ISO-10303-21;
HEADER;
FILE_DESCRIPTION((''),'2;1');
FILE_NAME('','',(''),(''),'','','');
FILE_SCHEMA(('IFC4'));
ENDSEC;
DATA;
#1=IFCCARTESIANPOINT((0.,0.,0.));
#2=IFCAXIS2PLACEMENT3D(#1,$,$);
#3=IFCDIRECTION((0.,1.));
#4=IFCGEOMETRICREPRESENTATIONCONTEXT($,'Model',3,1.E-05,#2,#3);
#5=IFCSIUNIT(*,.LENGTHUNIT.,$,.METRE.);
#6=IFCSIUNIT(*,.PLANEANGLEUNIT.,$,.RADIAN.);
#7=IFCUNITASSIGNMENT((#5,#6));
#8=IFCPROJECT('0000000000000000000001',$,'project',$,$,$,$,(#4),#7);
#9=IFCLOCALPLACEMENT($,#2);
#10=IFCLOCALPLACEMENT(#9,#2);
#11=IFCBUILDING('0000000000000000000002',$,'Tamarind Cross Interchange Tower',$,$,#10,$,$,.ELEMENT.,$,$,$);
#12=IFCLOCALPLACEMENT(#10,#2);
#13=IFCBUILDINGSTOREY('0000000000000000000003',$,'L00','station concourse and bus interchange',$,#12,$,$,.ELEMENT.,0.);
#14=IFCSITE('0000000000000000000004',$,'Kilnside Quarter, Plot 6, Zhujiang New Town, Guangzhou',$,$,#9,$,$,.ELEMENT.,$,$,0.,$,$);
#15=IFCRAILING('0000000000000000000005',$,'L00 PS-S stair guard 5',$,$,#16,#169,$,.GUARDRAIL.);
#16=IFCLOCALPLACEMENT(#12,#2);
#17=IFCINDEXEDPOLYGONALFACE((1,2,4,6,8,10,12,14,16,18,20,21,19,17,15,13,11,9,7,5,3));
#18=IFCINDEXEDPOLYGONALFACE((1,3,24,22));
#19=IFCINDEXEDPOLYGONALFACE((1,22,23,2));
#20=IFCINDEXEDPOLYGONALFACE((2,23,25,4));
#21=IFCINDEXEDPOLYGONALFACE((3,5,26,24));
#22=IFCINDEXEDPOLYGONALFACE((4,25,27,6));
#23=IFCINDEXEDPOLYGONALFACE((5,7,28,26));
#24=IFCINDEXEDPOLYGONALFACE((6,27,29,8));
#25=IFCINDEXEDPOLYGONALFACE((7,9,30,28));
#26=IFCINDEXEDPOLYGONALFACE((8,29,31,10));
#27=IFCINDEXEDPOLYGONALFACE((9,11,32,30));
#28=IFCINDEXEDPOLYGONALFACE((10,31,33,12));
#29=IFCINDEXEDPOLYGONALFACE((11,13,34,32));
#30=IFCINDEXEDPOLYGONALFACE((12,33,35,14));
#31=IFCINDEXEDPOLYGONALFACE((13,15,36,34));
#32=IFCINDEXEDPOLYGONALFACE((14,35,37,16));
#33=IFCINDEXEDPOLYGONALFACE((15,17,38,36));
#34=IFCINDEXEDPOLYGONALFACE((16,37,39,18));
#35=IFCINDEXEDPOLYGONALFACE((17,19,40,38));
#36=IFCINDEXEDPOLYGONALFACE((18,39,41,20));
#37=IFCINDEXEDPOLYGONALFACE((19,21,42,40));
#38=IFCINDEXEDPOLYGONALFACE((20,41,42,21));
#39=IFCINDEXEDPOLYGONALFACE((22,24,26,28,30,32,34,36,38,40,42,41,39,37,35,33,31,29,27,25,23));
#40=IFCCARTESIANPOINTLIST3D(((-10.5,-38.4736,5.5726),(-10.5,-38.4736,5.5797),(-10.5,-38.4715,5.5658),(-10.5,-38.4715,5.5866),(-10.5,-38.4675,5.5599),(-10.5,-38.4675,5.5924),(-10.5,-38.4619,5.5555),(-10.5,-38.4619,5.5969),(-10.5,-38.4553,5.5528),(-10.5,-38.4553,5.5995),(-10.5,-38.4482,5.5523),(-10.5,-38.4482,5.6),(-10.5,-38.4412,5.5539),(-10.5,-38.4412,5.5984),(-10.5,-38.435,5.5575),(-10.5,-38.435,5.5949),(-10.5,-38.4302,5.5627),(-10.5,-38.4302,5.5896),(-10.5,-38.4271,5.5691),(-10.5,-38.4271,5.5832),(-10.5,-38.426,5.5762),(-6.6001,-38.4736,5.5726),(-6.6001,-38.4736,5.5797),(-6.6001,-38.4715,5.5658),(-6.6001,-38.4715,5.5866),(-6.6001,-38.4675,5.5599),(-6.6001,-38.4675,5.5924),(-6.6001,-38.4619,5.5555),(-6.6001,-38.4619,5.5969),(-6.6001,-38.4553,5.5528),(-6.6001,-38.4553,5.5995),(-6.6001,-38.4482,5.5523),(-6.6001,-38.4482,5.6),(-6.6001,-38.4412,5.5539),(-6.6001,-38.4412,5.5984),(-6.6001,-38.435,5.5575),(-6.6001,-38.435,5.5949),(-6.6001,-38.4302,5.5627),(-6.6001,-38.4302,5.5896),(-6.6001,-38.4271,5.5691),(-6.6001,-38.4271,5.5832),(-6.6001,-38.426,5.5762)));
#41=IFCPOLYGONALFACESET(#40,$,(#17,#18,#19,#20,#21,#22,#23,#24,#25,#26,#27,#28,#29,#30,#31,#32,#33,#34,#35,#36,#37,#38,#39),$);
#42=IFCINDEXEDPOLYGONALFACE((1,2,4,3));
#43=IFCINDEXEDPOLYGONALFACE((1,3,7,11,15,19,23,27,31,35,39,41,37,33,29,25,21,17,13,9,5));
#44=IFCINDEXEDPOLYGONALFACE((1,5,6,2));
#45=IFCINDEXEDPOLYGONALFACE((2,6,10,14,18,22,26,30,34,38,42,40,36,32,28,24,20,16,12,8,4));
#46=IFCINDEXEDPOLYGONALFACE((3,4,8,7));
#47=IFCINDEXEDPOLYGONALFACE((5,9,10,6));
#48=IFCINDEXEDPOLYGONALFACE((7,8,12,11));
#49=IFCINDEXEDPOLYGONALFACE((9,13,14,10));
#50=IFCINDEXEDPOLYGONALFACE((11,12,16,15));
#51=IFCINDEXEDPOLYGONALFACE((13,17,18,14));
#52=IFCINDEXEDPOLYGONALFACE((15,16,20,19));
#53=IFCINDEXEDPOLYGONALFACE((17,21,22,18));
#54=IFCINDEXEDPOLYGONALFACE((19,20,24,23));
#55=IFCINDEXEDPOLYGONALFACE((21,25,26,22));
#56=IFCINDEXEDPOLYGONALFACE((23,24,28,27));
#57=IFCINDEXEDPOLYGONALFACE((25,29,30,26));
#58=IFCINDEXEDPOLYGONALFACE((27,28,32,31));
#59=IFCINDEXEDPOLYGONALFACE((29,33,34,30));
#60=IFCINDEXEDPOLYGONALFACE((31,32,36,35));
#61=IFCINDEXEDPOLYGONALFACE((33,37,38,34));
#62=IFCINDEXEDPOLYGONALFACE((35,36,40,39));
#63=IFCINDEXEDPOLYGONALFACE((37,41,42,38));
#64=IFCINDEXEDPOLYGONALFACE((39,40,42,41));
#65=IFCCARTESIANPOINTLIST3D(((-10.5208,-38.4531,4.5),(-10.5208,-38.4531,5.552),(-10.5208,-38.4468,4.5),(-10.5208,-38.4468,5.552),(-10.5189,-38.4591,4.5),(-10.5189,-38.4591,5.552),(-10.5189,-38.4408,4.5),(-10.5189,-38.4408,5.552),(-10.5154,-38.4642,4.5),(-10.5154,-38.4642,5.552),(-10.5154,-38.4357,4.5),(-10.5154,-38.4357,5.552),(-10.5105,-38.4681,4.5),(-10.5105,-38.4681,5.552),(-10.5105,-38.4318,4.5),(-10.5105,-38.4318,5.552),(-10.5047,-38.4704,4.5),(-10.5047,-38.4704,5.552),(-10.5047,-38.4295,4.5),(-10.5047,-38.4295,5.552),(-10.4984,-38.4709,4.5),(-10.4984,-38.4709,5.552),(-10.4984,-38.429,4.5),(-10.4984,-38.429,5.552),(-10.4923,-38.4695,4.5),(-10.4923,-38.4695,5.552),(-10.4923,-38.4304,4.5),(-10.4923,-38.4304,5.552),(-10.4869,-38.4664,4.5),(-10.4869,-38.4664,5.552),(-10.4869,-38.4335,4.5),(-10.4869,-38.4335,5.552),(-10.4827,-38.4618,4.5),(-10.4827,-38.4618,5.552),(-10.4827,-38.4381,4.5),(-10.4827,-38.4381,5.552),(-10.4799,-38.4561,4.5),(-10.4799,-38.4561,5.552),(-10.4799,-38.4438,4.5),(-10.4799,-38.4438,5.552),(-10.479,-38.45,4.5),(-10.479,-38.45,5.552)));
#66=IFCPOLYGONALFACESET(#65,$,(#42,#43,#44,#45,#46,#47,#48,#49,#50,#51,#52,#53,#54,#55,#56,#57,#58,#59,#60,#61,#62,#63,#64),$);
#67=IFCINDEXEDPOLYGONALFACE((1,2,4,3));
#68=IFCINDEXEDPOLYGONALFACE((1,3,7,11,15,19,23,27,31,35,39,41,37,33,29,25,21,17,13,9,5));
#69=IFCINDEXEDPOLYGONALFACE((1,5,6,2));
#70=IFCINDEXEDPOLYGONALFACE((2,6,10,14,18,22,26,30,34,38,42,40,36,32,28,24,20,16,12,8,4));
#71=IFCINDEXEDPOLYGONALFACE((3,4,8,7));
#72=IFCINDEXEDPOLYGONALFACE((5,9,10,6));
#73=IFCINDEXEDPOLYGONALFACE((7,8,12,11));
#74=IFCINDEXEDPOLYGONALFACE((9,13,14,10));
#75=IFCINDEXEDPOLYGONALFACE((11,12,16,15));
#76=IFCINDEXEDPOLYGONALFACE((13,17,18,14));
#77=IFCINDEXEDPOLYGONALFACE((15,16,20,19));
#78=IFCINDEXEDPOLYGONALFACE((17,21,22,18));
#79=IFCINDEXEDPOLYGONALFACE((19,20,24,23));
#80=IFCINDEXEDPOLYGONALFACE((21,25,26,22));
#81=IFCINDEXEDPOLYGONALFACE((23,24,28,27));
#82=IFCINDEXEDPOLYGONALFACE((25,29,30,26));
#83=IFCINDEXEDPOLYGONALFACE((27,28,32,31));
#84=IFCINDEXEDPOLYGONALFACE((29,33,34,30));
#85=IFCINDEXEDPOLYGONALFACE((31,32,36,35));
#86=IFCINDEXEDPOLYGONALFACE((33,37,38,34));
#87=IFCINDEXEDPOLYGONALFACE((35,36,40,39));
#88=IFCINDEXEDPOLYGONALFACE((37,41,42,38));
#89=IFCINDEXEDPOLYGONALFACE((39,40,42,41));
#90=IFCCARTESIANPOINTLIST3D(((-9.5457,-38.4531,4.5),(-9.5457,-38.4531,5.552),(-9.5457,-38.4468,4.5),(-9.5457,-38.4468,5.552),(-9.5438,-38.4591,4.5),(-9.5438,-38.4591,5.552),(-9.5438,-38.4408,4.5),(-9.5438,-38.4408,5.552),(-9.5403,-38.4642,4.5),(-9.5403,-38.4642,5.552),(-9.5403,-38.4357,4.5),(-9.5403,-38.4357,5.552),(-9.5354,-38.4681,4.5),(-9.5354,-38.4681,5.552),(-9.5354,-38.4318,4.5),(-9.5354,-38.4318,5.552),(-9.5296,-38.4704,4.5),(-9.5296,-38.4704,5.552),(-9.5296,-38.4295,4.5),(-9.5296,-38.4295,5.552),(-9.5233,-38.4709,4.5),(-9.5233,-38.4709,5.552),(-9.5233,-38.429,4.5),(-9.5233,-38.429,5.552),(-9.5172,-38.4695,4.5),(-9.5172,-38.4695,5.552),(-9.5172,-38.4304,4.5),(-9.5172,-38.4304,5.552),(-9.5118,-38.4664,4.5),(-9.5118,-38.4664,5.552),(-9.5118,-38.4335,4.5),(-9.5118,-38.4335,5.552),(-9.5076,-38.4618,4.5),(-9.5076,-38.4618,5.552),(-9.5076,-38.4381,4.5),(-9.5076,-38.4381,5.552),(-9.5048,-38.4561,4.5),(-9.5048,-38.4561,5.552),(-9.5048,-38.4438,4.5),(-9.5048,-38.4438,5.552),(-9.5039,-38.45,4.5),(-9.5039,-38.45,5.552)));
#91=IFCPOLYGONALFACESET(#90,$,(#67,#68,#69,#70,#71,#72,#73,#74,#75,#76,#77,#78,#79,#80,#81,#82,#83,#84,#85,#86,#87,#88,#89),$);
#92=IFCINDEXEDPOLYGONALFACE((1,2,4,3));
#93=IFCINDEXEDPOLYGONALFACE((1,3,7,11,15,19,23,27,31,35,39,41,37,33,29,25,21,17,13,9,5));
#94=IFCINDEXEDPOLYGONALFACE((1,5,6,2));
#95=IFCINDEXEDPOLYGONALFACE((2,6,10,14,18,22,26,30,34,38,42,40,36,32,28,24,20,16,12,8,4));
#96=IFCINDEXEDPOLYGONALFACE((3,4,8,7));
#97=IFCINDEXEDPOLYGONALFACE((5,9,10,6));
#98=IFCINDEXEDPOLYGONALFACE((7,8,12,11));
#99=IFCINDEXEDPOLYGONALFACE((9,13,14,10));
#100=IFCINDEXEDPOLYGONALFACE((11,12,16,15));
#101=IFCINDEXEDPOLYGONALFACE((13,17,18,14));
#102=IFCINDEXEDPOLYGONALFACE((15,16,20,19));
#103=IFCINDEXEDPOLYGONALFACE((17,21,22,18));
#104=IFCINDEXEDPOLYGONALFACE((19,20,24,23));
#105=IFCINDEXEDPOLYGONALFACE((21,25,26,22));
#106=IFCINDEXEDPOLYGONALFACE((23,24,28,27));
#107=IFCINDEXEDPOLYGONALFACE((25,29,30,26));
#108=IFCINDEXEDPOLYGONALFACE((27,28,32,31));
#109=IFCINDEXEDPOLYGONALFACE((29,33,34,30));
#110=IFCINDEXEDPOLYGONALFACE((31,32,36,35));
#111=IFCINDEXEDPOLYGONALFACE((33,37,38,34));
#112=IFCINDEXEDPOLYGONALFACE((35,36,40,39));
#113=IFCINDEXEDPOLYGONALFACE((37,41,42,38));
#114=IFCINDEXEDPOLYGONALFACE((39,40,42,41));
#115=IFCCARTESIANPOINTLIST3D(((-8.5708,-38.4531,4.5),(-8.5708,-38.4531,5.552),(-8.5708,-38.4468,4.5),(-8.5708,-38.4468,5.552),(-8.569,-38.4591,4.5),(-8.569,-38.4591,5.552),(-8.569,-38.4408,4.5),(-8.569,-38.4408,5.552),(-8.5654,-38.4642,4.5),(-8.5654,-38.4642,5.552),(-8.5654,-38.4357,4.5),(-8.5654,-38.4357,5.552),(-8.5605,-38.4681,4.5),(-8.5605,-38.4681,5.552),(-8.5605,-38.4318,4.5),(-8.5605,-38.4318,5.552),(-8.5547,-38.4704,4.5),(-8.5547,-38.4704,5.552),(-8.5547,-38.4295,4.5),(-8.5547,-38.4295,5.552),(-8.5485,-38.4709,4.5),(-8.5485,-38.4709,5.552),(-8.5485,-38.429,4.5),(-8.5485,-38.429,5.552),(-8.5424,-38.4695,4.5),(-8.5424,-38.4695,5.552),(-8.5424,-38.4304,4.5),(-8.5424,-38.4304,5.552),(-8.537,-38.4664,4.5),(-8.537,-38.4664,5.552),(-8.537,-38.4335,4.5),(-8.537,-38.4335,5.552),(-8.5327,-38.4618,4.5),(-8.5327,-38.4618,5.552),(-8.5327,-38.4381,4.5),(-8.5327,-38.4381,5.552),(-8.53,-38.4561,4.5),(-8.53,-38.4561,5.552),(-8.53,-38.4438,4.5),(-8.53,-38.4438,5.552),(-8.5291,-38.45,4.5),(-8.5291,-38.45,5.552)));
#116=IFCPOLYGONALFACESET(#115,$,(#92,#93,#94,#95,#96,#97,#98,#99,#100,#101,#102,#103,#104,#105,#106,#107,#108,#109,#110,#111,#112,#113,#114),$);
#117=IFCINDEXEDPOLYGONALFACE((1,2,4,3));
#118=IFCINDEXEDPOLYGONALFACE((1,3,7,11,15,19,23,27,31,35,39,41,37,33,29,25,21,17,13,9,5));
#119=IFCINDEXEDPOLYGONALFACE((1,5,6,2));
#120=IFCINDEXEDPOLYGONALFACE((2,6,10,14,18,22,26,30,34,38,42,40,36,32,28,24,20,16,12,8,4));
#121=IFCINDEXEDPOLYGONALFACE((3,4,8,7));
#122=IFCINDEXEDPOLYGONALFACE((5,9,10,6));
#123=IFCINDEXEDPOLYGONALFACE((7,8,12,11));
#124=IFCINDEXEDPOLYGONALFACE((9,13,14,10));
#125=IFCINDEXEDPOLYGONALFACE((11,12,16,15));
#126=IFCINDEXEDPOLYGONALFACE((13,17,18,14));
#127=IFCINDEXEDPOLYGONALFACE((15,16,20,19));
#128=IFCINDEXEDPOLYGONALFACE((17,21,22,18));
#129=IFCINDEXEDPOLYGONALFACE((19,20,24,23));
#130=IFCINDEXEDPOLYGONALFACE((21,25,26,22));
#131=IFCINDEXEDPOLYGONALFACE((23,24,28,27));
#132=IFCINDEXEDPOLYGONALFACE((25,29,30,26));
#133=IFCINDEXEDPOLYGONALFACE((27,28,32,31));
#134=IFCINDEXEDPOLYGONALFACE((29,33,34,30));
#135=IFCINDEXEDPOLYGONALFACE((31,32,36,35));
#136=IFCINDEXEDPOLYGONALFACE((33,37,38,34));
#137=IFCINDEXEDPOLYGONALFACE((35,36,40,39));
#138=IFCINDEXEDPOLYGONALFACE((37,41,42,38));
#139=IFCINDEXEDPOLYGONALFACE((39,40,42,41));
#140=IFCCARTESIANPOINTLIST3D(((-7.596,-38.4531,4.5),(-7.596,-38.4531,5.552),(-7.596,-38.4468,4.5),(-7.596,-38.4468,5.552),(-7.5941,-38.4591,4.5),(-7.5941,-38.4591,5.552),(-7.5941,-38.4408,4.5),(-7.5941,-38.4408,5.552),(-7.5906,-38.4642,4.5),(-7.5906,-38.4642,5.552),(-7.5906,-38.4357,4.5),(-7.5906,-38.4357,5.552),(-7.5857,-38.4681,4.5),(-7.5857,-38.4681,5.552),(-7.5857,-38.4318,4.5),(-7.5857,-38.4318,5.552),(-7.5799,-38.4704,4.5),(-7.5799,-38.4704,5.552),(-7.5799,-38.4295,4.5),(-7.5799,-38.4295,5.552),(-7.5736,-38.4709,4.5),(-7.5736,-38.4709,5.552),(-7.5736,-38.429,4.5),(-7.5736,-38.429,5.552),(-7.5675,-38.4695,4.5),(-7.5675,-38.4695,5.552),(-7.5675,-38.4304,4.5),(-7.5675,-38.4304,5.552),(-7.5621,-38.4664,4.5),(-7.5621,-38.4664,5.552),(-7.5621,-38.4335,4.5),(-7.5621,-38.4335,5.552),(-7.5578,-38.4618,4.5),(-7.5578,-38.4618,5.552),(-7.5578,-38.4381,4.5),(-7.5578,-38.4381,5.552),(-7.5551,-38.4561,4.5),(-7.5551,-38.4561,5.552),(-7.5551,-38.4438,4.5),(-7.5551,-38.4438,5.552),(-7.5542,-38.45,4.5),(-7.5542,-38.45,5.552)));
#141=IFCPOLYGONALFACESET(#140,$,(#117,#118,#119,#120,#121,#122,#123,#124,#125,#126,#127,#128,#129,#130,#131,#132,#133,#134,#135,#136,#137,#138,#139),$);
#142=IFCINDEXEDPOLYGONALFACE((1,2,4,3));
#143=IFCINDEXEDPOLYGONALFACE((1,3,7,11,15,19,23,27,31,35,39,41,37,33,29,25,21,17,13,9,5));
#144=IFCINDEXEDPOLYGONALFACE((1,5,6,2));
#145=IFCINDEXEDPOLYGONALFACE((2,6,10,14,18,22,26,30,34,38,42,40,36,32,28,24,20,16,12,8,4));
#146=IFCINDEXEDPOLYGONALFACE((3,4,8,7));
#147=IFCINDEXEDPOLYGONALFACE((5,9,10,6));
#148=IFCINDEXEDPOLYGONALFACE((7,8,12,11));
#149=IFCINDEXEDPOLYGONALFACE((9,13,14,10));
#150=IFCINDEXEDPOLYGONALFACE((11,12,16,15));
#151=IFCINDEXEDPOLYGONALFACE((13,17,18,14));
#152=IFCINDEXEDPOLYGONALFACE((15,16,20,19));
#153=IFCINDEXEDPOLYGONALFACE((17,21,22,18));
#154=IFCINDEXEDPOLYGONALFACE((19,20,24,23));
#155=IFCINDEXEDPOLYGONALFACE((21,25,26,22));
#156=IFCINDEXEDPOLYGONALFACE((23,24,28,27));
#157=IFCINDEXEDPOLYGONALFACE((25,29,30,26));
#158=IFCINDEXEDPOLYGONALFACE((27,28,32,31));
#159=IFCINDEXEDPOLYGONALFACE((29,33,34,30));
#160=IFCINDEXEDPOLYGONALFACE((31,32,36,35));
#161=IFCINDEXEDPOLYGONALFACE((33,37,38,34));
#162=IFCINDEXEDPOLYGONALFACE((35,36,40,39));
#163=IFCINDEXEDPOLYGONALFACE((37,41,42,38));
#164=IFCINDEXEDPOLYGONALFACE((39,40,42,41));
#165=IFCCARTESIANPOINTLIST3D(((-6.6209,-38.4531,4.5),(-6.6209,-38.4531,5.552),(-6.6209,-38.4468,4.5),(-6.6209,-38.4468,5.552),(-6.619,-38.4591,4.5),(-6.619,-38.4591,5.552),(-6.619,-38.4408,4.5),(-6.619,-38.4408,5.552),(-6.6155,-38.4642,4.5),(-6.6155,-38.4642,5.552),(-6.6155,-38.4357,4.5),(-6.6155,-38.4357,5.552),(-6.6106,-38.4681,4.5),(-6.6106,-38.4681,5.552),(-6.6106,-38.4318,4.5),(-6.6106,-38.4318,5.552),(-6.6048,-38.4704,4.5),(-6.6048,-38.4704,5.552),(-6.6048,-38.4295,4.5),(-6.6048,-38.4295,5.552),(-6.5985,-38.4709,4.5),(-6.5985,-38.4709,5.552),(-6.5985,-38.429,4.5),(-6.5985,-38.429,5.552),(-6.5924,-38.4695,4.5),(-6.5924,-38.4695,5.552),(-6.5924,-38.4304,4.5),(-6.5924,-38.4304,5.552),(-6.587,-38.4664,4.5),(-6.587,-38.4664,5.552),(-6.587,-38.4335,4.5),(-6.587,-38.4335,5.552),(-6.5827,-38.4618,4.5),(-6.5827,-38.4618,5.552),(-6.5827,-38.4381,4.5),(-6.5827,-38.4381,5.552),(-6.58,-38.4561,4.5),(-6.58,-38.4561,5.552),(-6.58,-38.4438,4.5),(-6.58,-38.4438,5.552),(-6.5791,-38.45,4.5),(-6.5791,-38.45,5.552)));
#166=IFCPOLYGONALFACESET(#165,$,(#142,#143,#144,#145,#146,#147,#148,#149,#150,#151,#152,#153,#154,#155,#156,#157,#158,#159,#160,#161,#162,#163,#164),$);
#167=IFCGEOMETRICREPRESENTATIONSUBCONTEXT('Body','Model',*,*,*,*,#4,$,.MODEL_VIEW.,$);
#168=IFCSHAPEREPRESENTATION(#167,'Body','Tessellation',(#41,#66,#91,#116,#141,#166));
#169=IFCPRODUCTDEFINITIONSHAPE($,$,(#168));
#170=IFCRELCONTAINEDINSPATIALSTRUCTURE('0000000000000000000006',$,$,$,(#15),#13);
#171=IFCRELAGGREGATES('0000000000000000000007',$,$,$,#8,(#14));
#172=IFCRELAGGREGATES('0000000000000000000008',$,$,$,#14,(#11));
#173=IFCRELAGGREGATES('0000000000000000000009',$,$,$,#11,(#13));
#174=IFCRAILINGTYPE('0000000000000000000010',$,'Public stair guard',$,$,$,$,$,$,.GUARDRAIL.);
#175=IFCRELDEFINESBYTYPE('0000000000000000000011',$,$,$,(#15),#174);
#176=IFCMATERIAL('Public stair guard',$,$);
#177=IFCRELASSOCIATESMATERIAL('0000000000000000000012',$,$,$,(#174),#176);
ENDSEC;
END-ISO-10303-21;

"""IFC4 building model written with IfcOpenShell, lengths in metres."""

from ifc_helpers import new_model, si_unit, direction, frame, origin, origin_2d, place, context, subcontext, project, spatial, circle, extrude, material, type_object, element, save


model = new_model("IFC4")

# Units and contexts
model_context = context("Model", 3, precision=1e-05, world=origin(), true_north=direction((0.0, 1.0)))
body_context = subcontext(model_context, "Body", "Model", "MODEL_VIEW")
ifc_project = project(units=[si_unit("LENGTHUNIT", "METRE"), si_unit("PLANEANGLEUNIT", "RADIAN")], contexts=[model_context])

# Site, building, storey
site_placement = place(None, origin())
site = spatial("IfcSite", under=ifc_project, at=site_placement, Name="Kilnside Quarter, Plot 6, Zhujiang New Town, Guangzhou", CompositionType="ELEMENT", RefElevation=0.0)
building_placement = place(site_placement, origin())
building = spatial("IfcBuilding", under=site, at=building_placement, Name="Tamarind Cross Interchange Tower", CompositionType="ELEMENT")
storey_placement = place(building_placement, origin())
storey = spatial("IfcBuildingStorey", under=building, at=storey_placement, Name="L00", Description="station concourse and bus interchange", CompositionType="ELEMENT", Elevation=0.0)

# Railing
ifc_material_1 = material(Name="Public stair guard")
railing_type_1 = type_object("IfcRailingType", Name="Public stair guard", PredefinedType="GUARDRAIL", material=ifc_material_1)
railing_1_placement = place(storey_placement, frame((-10.5, -38.45, 4.5)))
element("IfcRailing", 1, at=railing_1_placement, inside=storey, type_object=railing_type_1, Name="L00 PS-S stair guard 5", PredefinedType="GUARDRAIL", context=body_context, shape_type="SweptSolid", body=[
    extrude(circle(Radius=0.0239, at=origin_2d()), frame((0.0, 0.0, 1.0762), z_axis=(1.0, 0.0, 0.0), x_axis=(0.0, 1.0, 0.0)), (0.0, 0.0, 1.0), 3.8999),
    extrude(circle(Radius=0.021, at=origin_2d()), origin(), (0.0, 0.0, 1.0), 1.052),
    extrude(circle(Radius=0.021, at=origin_2d()), frame((0.9751, 0.0, 0.0)), (0.0, 0.0, 1.0), 1.052),
    extrude(circle(Radius=0.021, at=origin_2d()), frame((1.95, 0.0, 0.0)), (0.0, 0.0, 1.0), 1.052),
    extrude(circle(Radius=0.021, at=origin_2d()), frame((2.9248, 0.0, 0.0)), (0.0, 0.0, 1.0), 1.052),
    extrude(circle(Radius=0.021, at=origin_2d()), frame((3.8999, 0.0, 0.0)), (0.0, 0.0, 1.0), 1.052),
])

save(model, "model.ifc")
